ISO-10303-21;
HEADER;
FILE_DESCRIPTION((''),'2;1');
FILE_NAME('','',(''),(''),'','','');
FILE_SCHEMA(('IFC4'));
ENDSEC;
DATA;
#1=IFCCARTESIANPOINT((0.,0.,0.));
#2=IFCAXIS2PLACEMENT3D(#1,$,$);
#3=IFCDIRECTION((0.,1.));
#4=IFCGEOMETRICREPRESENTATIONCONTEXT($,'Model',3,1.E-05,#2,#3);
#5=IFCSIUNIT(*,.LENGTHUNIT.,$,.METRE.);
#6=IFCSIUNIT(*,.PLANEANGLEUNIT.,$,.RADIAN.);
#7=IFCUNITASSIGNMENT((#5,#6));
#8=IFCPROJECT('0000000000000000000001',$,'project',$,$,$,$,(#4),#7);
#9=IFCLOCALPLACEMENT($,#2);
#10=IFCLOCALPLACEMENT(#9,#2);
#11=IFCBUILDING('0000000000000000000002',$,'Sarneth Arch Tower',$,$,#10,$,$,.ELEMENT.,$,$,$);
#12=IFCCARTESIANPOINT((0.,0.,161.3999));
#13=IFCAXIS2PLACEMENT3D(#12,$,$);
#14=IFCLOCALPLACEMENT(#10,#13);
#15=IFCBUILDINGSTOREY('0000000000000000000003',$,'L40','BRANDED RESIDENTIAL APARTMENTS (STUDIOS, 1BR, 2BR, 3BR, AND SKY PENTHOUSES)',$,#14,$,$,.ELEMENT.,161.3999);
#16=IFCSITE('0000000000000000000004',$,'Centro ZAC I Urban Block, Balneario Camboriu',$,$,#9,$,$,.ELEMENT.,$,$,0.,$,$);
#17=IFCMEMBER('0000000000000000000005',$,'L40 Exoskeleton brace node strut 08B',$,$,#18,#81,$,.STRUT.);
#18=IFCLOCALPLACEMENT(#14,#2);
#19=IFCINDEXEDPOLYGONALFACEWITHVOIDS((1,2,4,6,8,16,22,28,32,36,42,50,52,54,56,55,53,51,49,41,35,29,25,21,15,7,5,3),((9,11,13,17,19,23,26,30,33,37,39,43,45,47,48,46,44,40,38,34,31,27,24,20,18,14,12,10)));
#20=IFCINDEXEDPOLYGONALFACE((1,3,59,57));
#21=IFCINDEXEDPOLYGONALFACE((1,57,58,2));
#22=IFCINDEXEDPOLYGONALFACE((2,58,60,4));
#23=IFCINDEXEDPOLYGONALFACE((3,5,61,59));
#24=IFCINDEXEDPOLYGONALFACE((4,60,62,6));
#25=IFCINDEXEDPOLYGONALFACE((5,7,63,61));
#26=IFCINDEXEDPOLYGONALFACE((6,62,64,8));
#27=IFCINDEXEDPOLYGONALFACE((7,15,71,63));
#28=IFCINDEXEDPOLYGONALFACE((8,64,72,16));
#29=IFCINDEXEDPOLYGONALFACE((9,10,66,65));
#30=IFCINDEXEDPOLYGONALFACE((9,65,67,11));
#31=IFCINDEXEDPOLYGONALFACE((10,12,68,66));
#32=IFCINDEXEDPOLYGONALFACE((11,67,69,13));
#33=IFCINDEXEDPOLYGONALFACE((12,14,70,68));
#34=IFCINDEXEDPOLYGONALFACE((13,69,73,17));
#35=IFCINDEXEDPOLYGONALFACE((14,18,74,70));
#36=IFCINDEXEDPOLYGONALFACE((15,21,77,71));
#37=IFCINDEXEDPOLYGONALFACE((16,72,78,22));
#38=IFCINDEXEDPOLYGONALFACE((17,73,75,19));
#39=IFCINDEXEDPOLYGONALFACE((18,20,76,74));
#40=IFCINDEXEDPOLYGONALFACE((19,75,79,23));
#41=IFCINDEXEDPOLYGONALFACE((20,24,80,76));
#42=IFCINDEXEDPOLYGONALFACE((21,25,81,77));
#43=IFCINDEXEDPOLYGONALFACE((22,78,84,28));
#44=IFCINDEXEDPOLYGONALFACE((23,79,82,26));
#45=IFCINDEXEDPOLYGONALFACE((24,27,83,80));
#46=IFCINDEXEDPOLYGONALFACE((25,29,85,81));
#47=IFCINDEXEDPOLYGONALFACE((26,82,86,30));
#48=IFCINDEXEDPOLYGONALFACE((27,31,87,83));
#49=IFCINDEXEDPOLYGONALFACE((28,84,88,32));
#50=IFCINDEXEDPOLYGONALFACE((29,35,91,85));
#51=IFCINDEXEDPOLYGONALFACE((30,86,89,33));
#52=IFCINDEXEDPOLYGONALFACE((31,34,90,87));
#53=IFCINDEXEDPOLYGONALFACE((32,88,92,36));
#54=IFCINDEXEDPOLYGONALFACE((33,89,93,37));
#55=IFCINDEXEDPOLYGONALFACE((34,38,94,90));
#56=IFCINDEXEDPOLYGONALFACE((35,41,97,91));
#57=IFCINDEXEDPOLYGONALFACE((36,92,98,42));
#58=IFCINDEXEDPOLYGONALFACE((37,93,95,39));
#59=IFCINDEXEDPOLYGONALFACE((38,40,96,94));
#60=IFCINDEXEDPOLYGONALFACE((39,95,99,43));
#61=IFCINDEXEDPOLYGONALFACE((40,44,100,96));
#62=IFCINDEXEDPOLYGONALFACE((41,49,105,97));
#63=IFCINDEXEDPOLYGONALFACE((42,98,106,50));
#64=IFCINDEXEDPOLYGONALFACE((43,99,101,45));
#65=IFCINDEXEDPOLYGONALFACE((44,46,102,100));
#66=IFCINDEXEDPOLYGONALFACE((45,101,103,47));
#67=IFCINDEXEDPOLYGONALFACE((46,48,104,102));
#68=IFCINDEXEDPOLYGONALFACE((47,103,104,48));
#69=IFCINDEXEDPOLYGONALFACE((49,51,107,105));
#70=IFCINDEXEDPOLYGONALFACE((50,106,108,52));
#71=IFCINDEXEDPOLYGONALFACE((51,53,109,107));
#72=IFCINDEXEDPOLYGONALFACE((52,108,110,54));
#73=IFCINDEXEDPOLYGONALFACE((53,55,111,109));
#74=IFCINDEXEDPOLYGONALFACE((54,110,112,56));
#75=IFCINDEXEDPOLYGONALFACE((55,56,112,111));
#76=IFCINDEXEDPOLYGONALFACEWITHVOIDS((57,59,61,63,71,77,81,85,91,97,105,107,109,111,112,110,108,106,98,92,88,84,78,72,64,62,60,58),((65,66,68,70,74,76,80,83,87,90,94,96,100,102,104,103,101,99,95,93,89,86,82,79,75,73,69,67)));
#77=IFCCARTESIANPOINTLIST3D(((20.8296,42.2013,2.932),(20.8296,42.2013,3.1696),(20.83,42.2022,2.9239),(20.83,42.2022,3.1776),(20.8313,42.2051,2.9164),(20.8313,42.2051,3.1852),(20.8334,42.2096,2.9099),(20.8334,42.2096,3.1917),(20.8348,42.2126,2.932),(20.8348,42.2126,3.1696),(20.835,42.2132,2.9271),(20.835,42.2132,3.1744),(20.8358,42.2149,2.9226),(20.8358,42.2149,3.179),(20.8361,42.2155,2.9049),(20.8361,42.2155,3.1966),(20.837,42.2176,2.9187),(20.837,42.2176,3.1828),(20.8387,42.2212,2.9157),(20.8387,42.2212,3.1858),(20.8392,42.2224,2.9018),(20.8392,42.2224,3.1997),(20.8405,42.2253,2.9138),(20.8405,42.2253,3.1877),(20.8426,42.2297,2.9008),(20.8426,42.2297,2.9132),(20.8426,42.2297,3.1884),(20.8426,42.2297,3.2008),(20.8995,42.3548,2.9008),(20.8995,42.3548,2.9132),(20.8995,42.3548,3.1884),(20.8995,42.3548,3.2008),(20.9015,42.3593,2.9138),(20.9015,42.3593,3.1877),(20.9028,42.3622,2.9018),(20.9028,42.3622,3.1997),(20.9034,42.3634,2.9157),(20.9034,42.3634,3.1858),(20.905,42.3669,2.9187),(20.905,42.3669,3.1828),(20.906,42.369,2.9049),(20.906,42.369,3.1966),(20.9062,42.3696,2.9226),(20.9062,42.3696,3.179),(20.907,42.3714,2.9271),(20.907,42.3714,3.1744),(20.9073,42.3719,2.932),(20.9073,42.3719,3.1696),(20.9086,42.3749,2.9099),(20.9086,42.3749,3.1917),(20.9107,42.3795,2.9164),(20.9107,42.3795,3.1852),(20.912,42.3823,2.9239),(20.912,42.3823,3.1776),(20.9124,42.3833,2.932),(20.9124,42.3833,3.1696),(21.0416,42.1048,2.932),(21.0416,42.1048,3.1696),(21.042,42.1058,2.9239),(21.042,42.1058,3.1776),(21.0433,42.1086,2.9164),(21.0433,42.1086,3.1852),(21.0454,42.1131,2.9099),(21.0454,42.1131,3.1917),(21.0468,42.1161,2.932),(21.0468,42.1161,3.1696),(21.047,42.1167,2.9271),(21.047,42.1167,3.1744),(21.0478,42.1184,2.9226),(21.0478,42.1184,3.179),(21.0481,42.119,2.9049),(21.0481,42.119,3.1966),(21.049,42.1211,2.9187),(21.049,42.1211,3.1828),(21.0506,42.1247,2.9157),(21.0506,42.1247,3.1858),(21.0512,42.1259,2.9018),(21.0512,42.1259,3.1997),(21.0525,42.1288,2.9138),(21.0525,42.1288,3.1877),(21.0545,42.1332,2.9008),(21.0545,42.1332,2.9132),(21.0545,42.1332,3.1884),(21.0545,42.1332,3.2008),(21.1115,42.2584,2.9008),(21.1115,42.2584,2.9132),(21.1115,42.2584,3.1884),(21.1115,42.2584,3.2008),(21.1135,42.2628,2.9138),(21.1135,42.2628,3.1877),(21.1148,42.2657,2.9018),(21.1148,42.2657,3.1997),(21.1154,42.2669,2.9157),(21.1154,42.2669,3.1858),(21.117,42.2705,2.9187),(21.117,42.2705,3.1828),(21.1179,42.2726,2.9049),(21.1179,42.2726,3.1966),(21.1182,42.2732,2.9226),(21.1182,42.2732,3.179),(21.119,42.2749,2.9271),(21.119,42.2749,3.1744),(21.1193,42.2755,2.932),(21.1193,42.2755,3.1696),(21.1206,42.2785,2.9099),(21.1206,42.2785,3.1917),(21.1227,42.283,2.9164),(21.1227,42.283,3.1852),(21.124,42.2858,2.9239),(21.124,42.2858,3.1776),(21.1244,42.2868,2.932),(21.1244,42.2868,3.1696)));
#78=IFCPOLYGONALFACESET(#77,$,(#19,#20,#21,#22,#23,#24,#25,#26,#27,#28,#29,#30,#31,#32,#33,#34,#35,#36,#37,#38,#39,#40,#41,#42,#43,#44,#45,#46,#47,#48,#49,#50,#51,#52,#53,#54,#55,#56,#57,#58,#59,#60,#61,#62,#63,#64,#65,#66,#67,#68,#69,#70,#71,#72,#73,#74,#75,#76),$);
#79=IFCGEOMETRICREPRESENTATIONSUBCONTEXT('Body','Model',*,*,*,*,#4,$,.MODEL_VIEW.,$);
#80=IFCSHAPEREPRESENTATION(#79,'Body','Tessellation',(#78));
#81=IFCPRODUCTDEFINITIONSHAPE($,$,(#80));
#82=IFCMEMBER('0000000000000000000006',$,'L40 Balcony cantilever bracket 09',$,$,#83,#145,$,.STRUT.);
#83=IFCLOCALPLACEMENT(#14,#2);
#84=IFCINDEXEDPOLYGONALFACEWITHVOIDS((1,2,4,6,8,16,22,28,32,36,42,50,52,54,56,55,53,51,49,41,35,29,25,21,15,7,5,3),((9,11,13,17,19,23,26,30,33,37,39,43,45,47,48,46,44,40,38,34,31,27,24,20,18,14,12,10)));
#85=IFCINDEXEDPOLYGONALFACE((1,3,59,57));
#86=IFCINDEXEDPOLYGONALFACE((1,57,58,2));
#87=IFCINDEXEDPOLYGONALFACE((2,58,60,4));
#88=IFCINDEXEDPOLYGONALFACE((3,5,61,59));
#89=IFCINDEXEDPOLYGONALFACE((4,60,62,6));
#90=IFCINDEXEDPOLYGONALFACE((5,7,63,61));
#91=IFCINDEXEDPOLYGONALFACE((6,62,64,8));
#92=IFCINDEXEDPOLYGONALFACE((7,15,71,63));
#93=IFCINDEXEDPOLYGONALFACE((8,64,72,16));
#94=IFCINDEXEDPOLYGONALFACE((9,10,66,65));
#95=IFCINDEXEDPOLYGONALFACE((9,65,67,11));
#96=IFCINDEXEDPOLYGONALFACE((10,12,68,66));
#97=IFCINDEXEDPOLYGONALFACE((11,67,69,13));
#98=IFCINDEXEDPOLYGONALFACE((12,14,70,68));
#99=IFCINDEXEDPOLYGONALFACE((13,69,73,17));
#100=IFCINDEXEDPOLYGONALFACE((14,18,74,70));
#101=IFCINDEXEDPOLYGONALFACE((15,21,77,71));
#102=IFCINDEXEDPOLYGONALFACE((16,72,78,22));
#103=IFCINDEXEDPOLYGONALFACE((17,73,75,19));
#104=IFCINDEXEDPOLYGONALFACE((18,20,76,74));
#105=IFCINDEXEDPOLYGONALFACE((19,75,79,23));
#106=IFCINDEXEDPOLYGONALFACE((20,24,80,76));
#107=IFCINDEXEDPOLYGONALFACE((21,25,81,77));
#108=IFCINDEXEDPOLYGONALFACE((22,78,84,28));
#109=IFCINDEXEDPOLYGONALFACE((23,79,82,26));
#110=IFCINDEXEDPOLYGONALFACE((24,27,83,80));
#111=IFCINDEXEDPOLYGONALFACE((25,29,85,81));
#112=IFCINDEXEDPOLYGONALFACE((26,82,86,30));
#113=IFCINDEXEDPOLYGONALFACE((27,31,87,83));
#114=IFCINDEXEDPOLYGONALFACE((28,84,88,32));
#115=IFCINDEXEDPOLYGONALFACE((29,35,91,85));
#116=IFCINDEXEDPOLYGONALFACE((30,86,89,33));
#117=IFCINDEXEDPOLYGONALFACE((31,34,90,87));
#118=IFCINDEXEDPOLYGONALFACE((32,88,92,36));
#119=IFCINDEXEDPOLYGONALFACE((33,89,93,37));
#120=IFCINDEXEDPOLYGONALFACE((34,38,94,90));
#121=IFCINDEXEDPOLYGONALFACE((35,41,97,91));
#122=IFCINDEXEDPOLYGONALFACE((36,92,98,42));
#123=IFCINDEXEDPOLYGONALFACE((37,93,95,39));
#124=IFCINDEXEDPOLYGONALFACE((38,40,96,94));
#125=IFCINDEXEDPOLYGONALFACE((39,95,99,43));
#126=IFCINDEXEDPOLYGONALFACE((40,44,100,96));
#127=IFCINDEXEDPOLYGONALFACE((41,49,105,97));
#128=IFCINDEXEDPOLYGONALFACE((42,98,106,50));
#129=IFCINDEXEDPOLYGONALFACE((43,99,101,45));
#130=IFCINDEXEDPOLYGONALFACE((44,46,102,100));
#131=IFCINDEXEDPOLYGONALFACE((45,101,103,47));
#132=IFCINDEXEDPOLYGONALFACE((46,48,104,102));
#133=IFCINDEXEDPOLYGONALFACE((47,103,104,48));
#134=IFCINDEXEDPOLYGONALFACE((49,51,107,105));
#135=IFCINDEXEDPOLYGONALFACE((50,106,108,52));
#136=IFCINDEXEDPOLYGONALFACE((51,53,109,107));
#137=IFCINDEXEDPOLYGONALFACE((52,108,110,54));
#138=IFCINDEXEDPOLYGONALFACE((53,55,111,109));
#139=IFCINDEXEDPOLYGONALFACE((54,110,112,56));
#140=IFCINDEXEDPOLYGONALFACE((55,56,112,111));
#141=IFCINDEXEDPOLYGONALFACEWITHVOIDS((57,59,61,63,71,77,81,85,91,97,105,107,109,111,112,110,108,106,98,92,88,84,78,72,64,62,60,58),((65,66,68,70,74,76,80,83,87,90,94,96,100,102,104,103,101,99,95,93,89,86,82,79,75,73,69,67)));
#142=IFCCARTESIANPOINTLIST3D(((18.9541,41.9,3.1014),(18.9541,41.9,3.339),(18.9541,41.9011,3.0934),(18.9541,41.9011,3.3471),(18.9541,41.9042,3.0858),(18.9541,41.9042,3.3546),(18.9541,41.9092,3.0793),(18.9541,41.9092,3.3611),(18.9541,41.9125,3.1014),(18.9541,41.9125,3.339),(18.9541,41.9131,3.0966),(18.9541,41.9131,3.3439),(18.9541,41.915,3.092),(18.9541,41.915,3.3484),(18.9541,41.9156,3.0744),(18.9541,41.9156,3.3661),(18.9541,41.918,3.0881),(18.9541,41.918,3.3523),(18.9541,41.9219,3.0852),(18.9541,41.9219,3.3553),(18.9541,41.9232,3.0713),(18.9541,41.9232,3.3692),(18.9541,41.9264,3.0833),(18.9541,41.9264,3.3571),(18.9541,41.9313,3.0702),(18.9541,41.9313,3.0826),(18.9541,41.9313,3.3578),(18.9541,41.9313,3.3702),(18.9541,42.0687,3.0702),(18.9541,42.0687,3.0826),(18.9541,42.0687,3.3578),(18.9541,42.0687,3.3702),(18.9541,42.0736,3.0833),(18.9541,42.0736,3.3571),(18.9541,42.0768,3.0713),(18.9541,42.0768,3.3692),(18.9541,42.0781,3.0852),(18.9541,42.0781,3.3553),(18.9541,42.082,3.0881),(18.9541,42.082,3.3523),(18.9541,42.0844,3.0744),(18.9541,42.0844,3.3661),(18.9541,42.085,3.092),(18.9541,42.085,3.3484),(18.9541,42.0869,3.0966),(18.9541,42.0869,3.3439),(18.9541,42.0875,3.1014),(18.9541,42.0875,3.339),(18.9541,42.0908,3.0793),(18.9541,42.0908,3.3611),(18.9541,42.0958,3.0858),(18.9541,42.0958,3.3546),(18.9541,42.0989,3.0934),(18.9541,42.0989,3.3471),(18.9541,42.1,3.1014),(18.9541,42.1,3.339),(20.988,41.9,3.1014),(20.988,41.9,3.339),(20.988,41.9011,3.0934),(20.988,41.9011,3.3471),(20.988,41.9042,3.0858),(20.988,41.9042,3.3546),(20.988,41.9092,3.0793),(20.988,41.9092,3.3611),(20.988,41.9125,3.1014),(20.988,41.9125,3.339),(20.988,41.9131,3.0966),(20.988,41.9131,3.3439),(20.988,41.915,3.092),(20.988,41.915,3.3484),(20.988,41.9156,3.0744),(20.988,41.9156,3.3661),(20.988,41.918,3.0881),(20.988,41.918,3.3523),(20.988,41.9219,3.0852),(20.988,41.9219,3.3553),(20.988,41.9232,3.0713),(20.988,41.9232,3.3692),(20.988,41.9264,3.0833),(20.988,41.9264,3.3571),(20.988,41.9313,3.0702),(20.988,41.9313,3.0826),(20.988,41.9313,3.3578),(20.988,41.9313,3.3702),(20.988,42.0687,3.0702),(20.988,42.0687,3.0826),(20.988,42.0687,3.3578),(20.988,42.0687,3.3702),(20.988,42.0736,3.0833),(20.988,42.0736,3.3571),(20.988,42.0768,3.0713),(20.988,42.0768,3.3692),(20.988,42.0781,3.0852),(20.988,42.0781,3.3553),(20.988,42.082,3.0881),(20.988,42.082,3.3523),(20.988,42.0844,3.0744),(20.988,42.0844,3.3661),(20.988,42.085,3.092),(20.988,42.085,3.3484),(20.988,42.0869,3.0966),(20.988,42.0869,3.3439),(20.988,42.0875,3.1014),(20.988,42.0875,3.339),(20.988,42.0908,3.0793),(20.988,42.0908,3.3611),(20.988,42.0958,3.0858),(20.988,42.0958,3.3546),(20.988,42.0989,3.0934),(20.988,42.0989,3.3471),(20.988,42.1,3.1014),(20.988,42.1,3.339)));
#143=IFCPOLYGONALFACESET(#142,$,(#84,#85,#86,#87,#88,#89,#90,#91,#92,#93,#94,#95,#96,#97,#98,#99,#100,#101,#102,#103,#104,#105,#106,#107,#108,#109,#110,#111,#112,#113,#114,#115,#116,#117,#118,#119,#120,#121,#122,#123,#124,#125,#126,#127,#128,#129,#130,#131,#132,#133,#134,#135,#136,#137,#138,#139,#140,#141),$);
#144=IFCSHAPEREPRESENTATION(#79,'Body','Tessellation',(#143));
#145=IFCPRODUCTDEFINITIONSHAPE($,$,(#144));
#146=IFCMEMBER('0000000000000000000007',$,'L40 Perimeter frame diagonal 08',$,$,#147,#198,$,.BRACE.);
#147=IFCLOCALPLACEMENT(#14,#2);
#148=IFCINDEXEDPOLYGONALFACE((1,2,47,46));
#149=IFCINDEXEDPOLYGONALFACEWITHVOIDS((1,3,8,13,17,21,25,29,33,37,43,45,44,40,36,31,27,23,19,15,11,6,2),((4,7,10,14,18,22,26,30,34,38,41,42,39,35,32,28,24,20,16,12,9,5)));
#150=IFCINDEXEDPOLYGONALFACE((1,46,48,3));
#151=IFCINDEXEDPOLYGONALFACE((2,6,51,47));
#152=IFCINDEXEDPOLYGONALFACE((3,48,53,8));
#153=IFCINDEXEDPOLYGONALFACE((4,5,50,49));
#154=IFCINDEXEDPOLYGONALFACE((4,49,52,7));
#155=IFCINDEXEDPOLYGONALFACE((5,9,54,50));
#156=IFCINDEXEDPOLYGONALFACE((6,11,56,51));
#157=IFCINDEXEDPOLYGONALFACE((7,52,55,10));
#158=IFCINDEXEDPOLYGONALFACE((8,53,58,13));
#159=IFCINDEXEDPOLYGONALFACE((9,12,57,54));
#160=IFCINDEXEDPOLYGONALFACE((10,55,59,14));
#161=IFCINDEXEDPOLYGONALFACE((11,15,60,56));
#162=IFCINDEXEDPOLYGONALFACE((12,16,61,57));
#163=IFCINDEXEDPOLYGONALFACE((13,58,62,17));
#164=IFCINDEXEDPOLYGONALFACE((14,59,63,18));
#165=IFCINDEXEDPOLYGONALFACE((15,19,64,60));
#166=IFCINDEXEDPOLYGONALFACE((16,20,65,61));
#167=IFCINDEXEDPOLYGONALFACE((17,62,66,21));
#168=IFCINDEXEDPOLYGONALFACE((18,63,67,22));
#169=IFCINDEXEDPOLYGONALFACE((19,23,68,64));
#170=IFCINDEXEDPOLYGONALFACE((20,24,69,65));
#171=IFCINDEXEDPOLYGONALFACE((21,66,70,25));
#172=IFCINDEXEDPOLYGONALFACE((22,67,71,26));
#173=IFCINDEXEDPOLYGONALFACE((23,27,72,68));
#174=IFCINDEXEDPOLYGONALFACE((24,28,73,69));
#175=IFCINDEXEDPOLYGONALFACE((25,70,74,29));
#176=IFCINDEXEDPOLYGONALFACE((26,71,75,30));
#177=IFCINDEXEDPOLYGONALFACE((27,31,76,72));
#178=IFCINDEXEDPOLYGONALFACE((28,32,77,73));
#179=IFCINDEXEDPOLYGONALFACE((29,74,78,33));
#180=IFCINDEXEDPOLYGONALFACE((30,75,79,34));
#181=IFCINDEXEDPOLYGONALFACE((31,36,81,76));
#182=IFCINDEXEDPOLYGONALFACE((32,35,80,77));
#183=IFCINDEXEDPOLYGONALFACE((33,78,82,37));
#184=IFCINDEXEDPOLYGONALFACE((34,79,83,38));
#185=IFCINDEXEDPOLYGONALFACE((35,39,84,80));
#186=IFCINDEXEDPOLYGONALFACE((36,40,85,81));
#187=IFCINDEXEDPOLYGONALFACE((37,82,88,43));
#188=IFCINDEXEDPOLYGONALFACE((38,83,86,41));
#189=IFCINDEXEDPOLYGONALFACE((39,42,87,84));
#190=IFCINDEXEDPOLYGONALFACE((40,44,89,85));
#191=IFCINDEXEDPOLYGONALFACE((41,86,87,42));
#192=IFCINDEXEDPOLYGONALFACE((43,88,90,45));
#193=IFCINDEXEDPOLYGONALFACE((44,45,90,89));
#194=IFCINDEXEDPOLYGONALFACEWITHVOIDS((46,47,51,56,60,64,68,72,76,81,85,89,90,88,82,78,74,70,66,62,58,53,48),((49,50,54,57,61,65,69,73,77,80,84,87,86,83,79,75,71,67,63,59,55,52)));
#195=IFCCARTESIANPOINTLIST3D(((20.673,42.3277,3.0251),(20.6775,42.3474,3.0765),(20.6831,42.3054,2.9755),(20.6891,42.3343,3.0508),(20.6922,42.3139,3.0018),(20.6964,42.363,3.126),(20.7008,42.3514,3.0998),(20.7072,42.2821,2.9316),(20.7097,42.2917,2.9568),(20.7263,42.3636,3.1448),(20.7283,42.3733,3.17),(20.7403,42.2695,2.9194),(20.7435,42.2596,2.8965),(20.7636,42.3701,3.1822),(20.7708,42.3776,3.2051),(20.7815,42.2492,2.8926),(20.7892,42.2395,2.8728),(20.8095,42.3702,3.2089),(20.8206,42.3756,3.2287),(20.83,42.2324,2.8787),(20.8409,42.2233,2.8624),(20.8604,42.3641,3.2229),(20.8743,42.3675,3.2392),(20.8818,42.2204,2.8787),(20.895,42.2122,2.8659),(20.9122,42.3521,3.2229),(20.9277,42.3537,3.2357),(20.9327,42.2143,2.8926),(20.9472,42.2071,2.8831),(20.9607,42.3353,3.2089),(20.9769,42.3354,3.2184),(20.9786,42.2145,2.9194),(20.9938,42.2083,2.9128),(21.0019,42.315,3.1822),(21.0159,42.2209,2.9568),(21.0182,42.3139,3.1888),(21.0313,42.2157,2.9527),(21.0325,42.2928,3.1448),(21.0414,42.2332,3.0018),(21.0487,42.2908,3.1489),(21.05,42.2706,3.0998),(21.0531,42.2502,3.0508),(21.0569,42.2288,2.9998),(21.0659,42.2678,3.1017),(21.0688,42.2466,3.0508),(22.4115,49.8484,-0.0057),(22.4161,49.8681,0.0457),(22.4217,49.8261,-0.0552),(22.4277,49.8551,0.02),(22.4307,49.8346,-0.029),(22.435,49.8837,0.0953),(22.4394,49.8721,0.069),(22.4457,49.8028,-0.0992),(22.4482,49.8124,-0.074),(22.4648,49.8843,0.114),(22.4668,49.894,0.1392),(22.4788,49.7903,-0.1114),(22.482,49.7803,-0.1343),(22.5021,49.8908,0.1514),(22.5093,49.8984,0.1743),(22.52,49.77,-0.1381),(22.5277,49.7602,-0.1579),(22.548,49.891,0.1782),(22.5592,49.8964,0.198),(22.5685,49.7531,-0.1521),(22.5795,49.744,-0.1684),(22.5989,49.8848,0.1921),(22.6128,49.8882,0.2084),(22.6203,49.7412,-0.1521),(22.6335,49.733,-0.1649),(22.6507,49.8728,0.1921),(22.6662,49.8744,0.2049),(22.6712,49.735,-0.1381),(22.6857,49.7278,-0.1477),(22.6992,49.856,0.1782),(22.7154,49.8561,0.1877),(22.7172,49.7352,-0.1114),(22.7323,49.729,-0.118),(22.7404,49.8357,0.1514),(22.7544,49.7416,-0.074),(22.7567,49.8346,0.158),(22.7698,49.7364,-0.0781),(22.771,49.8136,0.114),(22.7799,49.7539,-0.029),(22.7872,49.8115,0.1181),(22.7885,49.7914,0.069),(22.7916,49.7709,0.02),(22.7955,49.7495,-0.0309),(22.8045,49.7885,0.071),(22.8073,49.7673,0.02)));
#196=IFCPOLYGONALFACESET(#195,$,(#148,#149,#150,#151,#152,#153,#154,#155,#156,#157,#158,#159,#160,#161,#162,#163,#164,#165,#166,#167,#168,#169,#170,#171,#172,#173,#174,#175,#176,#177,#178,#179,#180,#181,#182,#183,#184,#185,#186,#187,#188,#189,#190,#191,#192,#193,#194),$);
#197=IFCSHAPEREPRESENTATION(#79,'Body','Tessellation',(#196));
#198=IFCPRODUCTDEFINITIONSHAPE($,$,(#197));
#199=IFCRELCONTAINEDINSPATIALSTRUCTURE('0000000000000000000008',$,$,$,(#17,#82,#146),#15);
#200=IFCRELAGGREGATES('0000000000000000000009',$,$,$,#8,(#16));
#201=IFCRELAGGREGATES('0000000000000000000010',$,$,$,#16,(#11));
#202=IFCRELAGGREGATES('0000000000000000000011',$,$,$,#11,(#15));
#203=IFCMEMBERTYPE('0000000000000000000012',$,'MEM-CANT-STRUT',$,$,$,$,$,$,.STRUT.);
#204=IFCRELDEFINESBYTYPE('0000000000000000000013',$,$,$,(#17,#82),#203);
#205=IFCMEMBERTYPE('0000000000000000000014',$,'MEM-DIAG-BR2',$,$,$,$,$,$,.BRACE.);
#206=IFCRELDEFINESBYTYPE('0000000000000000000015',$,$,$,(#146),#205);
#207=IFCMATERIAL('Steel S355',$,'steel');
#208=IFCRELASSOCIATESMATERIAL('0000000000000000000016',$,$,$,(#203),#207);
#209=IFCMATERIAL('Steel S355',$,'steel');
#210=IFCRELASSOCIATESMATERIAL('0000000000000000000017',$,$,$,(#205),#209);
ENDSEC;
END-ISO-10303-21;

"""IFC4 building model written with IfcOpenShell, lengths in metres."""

from ifc_helpers import new_model, si_unit, direction, frame, origin, origin_2d, place, context, subcontext, project, spatial, hollow_rectangle, hollow_circle, extrude, material, material_profile, profile_set, type_object, element, save


model = new_model("IFC4")

# Units and contexts
model_context = context("Model", 3, precision=1e-05, world=origin(), true_north=direction((0.0, 1.0)))
body_context = subcontext(model_context, "Body", "Model", "MODEL_VIEW")
ifc_project = project(units=[si_unit("LENGTHUNIT", "METRE"), si_unit("PLANEANGLEUNIT", "RADIAN")], contexts=[model_context])

# Site, building, storey
site_placement = place(None, origin())
site = spatial("IfcSite", under=ifc_project, at=site_placement, Name="Centro ZAC I Urban Block, Balneario Camboriu", CompositionType="ELEMENT", RefElevation=0.0)
building_placement = place(site_placement, origin())
building = spatial("IfcBuilding", under=site, at=building_placement, Name="Sarneth Arch Tower", CompositionType="ELEMENT")
storey_placement = place(building_placement, frame((0.0, 0.0, 161.3999)))
storey = spatial("IfcBuildingStorey", under=building, at=storey_placement, Name="L40", Description="BRANDED RESIDENTIAL APARTMENTS (STUDIOS, 1BR, 2BR, 3BR, AND SKY PENTHOUSES)", CompositionType="ELEMENT", Elevation=161.3999)

# Members
ifc_material_1 = material(Name="Steel S355", Category="steel")
ifc_material_profile_1 = material_profile(ifc_material_1, hollow_rectangle(XDim=0.2, YDim=0.3, WallThickness=0.0125, InnerFilletRadius=0.0188, OuterFilletRadius=0.0312, at=origin_2d()), Name="RHS300x200x12.5")
ifc_profile_set_1 = profile_set([ifc_material_profile_1], Name="Steel S355")
member_type_1 = type_object("IfcMemberType", Name="MEM-CANT-STRUT", PredefinedType="STRUT", material=ifc_profile_set_1)
member_1_placement = place(storey_placement, frame((21.083, 42.1958, 3.0508), z_axis=(-0.910187, 0.414198, 0.0), x_axis=(-0.414198, -0.910187, 0.0)))
element("IfcMember", 1, at=member_1_placement, inside=storey, type_object=member_type_1, Name="L40 Exoskeleton brace node strut 08B", PredefinedType="STRUT", context=body_context, shape_type="SweptSolid", body=[
    extrude(hollow_rectangle(XDim=0.2, YDim=0.3, WallThickness=0.0125, InnerFilletRadius=0.0188, OuterFilletRadius=0.0312, at=origin_2d()), origin(), (0.0, 0.0, 1.0), 0.2329),
])
member_2_placement = place(storey_placement, frame((20.988, 42.0, 3.2202), z_axis=(-1.0, 0.0, 0.0), x_axis=(0.0, -1.0, 0.0)))
element("IfcMember", 2, at=member_2_placement, inside=storey, type_object=member_type_1, Name="L40 Balcony cantilever bracket 09", PredefinedType="STRUT", context=body_context, shape_type="SweptSolid", body=[
    extrude(hollow_rectangle(XDim=0.2, YDim=0.3, WallThickness=0.0125, InnerFilletRadius=0.0188, OuterFilletRadius=0.0312, at=origin_2d()), origin(), (0.0, 0.0, 1.0), 2.0339),
])
ifc_material_2 = material(Name="Steel S355", Category="steel")
ifc_material_profile_2 = material_profile(ifc_material_2, hollow_circle(Radius=0.2029, WallThickness=0.0161, at=origin_2d()), Name="CHS406x16")
ifc_profile_set_2 = profile_set([ifc_material_profile_2], Name="Steel S355")
member_type_2 = type_object("IfcMemberType", Name="MEM-DIAG-BR2", PredefinedType="BRACE", material=ifc_profile_set_2)
member_3_placement = place(storey_placement, frame((22.6096, 49.813, 0.02), z_axis=(-0.209644, -0.906907, 0.365471), x_axis=(0.974307, -0.225224, 0.0)))
element("IfcMember", 3, at=member_3_placement, inside=storey, type_object=member_type_2, Name="L40 Perimeter frame diagonal 08", PredefinedType="BRACE", context=body_context, shape_type="SweptSolid", body=[
    extrude(hollow_circle(Radius=0.2029, WallThickness=0.0161, at=origin_2d()), origin(), (0.0, 0.0, 1.0), 8.2927),
])

save(model, "model.ifc")
